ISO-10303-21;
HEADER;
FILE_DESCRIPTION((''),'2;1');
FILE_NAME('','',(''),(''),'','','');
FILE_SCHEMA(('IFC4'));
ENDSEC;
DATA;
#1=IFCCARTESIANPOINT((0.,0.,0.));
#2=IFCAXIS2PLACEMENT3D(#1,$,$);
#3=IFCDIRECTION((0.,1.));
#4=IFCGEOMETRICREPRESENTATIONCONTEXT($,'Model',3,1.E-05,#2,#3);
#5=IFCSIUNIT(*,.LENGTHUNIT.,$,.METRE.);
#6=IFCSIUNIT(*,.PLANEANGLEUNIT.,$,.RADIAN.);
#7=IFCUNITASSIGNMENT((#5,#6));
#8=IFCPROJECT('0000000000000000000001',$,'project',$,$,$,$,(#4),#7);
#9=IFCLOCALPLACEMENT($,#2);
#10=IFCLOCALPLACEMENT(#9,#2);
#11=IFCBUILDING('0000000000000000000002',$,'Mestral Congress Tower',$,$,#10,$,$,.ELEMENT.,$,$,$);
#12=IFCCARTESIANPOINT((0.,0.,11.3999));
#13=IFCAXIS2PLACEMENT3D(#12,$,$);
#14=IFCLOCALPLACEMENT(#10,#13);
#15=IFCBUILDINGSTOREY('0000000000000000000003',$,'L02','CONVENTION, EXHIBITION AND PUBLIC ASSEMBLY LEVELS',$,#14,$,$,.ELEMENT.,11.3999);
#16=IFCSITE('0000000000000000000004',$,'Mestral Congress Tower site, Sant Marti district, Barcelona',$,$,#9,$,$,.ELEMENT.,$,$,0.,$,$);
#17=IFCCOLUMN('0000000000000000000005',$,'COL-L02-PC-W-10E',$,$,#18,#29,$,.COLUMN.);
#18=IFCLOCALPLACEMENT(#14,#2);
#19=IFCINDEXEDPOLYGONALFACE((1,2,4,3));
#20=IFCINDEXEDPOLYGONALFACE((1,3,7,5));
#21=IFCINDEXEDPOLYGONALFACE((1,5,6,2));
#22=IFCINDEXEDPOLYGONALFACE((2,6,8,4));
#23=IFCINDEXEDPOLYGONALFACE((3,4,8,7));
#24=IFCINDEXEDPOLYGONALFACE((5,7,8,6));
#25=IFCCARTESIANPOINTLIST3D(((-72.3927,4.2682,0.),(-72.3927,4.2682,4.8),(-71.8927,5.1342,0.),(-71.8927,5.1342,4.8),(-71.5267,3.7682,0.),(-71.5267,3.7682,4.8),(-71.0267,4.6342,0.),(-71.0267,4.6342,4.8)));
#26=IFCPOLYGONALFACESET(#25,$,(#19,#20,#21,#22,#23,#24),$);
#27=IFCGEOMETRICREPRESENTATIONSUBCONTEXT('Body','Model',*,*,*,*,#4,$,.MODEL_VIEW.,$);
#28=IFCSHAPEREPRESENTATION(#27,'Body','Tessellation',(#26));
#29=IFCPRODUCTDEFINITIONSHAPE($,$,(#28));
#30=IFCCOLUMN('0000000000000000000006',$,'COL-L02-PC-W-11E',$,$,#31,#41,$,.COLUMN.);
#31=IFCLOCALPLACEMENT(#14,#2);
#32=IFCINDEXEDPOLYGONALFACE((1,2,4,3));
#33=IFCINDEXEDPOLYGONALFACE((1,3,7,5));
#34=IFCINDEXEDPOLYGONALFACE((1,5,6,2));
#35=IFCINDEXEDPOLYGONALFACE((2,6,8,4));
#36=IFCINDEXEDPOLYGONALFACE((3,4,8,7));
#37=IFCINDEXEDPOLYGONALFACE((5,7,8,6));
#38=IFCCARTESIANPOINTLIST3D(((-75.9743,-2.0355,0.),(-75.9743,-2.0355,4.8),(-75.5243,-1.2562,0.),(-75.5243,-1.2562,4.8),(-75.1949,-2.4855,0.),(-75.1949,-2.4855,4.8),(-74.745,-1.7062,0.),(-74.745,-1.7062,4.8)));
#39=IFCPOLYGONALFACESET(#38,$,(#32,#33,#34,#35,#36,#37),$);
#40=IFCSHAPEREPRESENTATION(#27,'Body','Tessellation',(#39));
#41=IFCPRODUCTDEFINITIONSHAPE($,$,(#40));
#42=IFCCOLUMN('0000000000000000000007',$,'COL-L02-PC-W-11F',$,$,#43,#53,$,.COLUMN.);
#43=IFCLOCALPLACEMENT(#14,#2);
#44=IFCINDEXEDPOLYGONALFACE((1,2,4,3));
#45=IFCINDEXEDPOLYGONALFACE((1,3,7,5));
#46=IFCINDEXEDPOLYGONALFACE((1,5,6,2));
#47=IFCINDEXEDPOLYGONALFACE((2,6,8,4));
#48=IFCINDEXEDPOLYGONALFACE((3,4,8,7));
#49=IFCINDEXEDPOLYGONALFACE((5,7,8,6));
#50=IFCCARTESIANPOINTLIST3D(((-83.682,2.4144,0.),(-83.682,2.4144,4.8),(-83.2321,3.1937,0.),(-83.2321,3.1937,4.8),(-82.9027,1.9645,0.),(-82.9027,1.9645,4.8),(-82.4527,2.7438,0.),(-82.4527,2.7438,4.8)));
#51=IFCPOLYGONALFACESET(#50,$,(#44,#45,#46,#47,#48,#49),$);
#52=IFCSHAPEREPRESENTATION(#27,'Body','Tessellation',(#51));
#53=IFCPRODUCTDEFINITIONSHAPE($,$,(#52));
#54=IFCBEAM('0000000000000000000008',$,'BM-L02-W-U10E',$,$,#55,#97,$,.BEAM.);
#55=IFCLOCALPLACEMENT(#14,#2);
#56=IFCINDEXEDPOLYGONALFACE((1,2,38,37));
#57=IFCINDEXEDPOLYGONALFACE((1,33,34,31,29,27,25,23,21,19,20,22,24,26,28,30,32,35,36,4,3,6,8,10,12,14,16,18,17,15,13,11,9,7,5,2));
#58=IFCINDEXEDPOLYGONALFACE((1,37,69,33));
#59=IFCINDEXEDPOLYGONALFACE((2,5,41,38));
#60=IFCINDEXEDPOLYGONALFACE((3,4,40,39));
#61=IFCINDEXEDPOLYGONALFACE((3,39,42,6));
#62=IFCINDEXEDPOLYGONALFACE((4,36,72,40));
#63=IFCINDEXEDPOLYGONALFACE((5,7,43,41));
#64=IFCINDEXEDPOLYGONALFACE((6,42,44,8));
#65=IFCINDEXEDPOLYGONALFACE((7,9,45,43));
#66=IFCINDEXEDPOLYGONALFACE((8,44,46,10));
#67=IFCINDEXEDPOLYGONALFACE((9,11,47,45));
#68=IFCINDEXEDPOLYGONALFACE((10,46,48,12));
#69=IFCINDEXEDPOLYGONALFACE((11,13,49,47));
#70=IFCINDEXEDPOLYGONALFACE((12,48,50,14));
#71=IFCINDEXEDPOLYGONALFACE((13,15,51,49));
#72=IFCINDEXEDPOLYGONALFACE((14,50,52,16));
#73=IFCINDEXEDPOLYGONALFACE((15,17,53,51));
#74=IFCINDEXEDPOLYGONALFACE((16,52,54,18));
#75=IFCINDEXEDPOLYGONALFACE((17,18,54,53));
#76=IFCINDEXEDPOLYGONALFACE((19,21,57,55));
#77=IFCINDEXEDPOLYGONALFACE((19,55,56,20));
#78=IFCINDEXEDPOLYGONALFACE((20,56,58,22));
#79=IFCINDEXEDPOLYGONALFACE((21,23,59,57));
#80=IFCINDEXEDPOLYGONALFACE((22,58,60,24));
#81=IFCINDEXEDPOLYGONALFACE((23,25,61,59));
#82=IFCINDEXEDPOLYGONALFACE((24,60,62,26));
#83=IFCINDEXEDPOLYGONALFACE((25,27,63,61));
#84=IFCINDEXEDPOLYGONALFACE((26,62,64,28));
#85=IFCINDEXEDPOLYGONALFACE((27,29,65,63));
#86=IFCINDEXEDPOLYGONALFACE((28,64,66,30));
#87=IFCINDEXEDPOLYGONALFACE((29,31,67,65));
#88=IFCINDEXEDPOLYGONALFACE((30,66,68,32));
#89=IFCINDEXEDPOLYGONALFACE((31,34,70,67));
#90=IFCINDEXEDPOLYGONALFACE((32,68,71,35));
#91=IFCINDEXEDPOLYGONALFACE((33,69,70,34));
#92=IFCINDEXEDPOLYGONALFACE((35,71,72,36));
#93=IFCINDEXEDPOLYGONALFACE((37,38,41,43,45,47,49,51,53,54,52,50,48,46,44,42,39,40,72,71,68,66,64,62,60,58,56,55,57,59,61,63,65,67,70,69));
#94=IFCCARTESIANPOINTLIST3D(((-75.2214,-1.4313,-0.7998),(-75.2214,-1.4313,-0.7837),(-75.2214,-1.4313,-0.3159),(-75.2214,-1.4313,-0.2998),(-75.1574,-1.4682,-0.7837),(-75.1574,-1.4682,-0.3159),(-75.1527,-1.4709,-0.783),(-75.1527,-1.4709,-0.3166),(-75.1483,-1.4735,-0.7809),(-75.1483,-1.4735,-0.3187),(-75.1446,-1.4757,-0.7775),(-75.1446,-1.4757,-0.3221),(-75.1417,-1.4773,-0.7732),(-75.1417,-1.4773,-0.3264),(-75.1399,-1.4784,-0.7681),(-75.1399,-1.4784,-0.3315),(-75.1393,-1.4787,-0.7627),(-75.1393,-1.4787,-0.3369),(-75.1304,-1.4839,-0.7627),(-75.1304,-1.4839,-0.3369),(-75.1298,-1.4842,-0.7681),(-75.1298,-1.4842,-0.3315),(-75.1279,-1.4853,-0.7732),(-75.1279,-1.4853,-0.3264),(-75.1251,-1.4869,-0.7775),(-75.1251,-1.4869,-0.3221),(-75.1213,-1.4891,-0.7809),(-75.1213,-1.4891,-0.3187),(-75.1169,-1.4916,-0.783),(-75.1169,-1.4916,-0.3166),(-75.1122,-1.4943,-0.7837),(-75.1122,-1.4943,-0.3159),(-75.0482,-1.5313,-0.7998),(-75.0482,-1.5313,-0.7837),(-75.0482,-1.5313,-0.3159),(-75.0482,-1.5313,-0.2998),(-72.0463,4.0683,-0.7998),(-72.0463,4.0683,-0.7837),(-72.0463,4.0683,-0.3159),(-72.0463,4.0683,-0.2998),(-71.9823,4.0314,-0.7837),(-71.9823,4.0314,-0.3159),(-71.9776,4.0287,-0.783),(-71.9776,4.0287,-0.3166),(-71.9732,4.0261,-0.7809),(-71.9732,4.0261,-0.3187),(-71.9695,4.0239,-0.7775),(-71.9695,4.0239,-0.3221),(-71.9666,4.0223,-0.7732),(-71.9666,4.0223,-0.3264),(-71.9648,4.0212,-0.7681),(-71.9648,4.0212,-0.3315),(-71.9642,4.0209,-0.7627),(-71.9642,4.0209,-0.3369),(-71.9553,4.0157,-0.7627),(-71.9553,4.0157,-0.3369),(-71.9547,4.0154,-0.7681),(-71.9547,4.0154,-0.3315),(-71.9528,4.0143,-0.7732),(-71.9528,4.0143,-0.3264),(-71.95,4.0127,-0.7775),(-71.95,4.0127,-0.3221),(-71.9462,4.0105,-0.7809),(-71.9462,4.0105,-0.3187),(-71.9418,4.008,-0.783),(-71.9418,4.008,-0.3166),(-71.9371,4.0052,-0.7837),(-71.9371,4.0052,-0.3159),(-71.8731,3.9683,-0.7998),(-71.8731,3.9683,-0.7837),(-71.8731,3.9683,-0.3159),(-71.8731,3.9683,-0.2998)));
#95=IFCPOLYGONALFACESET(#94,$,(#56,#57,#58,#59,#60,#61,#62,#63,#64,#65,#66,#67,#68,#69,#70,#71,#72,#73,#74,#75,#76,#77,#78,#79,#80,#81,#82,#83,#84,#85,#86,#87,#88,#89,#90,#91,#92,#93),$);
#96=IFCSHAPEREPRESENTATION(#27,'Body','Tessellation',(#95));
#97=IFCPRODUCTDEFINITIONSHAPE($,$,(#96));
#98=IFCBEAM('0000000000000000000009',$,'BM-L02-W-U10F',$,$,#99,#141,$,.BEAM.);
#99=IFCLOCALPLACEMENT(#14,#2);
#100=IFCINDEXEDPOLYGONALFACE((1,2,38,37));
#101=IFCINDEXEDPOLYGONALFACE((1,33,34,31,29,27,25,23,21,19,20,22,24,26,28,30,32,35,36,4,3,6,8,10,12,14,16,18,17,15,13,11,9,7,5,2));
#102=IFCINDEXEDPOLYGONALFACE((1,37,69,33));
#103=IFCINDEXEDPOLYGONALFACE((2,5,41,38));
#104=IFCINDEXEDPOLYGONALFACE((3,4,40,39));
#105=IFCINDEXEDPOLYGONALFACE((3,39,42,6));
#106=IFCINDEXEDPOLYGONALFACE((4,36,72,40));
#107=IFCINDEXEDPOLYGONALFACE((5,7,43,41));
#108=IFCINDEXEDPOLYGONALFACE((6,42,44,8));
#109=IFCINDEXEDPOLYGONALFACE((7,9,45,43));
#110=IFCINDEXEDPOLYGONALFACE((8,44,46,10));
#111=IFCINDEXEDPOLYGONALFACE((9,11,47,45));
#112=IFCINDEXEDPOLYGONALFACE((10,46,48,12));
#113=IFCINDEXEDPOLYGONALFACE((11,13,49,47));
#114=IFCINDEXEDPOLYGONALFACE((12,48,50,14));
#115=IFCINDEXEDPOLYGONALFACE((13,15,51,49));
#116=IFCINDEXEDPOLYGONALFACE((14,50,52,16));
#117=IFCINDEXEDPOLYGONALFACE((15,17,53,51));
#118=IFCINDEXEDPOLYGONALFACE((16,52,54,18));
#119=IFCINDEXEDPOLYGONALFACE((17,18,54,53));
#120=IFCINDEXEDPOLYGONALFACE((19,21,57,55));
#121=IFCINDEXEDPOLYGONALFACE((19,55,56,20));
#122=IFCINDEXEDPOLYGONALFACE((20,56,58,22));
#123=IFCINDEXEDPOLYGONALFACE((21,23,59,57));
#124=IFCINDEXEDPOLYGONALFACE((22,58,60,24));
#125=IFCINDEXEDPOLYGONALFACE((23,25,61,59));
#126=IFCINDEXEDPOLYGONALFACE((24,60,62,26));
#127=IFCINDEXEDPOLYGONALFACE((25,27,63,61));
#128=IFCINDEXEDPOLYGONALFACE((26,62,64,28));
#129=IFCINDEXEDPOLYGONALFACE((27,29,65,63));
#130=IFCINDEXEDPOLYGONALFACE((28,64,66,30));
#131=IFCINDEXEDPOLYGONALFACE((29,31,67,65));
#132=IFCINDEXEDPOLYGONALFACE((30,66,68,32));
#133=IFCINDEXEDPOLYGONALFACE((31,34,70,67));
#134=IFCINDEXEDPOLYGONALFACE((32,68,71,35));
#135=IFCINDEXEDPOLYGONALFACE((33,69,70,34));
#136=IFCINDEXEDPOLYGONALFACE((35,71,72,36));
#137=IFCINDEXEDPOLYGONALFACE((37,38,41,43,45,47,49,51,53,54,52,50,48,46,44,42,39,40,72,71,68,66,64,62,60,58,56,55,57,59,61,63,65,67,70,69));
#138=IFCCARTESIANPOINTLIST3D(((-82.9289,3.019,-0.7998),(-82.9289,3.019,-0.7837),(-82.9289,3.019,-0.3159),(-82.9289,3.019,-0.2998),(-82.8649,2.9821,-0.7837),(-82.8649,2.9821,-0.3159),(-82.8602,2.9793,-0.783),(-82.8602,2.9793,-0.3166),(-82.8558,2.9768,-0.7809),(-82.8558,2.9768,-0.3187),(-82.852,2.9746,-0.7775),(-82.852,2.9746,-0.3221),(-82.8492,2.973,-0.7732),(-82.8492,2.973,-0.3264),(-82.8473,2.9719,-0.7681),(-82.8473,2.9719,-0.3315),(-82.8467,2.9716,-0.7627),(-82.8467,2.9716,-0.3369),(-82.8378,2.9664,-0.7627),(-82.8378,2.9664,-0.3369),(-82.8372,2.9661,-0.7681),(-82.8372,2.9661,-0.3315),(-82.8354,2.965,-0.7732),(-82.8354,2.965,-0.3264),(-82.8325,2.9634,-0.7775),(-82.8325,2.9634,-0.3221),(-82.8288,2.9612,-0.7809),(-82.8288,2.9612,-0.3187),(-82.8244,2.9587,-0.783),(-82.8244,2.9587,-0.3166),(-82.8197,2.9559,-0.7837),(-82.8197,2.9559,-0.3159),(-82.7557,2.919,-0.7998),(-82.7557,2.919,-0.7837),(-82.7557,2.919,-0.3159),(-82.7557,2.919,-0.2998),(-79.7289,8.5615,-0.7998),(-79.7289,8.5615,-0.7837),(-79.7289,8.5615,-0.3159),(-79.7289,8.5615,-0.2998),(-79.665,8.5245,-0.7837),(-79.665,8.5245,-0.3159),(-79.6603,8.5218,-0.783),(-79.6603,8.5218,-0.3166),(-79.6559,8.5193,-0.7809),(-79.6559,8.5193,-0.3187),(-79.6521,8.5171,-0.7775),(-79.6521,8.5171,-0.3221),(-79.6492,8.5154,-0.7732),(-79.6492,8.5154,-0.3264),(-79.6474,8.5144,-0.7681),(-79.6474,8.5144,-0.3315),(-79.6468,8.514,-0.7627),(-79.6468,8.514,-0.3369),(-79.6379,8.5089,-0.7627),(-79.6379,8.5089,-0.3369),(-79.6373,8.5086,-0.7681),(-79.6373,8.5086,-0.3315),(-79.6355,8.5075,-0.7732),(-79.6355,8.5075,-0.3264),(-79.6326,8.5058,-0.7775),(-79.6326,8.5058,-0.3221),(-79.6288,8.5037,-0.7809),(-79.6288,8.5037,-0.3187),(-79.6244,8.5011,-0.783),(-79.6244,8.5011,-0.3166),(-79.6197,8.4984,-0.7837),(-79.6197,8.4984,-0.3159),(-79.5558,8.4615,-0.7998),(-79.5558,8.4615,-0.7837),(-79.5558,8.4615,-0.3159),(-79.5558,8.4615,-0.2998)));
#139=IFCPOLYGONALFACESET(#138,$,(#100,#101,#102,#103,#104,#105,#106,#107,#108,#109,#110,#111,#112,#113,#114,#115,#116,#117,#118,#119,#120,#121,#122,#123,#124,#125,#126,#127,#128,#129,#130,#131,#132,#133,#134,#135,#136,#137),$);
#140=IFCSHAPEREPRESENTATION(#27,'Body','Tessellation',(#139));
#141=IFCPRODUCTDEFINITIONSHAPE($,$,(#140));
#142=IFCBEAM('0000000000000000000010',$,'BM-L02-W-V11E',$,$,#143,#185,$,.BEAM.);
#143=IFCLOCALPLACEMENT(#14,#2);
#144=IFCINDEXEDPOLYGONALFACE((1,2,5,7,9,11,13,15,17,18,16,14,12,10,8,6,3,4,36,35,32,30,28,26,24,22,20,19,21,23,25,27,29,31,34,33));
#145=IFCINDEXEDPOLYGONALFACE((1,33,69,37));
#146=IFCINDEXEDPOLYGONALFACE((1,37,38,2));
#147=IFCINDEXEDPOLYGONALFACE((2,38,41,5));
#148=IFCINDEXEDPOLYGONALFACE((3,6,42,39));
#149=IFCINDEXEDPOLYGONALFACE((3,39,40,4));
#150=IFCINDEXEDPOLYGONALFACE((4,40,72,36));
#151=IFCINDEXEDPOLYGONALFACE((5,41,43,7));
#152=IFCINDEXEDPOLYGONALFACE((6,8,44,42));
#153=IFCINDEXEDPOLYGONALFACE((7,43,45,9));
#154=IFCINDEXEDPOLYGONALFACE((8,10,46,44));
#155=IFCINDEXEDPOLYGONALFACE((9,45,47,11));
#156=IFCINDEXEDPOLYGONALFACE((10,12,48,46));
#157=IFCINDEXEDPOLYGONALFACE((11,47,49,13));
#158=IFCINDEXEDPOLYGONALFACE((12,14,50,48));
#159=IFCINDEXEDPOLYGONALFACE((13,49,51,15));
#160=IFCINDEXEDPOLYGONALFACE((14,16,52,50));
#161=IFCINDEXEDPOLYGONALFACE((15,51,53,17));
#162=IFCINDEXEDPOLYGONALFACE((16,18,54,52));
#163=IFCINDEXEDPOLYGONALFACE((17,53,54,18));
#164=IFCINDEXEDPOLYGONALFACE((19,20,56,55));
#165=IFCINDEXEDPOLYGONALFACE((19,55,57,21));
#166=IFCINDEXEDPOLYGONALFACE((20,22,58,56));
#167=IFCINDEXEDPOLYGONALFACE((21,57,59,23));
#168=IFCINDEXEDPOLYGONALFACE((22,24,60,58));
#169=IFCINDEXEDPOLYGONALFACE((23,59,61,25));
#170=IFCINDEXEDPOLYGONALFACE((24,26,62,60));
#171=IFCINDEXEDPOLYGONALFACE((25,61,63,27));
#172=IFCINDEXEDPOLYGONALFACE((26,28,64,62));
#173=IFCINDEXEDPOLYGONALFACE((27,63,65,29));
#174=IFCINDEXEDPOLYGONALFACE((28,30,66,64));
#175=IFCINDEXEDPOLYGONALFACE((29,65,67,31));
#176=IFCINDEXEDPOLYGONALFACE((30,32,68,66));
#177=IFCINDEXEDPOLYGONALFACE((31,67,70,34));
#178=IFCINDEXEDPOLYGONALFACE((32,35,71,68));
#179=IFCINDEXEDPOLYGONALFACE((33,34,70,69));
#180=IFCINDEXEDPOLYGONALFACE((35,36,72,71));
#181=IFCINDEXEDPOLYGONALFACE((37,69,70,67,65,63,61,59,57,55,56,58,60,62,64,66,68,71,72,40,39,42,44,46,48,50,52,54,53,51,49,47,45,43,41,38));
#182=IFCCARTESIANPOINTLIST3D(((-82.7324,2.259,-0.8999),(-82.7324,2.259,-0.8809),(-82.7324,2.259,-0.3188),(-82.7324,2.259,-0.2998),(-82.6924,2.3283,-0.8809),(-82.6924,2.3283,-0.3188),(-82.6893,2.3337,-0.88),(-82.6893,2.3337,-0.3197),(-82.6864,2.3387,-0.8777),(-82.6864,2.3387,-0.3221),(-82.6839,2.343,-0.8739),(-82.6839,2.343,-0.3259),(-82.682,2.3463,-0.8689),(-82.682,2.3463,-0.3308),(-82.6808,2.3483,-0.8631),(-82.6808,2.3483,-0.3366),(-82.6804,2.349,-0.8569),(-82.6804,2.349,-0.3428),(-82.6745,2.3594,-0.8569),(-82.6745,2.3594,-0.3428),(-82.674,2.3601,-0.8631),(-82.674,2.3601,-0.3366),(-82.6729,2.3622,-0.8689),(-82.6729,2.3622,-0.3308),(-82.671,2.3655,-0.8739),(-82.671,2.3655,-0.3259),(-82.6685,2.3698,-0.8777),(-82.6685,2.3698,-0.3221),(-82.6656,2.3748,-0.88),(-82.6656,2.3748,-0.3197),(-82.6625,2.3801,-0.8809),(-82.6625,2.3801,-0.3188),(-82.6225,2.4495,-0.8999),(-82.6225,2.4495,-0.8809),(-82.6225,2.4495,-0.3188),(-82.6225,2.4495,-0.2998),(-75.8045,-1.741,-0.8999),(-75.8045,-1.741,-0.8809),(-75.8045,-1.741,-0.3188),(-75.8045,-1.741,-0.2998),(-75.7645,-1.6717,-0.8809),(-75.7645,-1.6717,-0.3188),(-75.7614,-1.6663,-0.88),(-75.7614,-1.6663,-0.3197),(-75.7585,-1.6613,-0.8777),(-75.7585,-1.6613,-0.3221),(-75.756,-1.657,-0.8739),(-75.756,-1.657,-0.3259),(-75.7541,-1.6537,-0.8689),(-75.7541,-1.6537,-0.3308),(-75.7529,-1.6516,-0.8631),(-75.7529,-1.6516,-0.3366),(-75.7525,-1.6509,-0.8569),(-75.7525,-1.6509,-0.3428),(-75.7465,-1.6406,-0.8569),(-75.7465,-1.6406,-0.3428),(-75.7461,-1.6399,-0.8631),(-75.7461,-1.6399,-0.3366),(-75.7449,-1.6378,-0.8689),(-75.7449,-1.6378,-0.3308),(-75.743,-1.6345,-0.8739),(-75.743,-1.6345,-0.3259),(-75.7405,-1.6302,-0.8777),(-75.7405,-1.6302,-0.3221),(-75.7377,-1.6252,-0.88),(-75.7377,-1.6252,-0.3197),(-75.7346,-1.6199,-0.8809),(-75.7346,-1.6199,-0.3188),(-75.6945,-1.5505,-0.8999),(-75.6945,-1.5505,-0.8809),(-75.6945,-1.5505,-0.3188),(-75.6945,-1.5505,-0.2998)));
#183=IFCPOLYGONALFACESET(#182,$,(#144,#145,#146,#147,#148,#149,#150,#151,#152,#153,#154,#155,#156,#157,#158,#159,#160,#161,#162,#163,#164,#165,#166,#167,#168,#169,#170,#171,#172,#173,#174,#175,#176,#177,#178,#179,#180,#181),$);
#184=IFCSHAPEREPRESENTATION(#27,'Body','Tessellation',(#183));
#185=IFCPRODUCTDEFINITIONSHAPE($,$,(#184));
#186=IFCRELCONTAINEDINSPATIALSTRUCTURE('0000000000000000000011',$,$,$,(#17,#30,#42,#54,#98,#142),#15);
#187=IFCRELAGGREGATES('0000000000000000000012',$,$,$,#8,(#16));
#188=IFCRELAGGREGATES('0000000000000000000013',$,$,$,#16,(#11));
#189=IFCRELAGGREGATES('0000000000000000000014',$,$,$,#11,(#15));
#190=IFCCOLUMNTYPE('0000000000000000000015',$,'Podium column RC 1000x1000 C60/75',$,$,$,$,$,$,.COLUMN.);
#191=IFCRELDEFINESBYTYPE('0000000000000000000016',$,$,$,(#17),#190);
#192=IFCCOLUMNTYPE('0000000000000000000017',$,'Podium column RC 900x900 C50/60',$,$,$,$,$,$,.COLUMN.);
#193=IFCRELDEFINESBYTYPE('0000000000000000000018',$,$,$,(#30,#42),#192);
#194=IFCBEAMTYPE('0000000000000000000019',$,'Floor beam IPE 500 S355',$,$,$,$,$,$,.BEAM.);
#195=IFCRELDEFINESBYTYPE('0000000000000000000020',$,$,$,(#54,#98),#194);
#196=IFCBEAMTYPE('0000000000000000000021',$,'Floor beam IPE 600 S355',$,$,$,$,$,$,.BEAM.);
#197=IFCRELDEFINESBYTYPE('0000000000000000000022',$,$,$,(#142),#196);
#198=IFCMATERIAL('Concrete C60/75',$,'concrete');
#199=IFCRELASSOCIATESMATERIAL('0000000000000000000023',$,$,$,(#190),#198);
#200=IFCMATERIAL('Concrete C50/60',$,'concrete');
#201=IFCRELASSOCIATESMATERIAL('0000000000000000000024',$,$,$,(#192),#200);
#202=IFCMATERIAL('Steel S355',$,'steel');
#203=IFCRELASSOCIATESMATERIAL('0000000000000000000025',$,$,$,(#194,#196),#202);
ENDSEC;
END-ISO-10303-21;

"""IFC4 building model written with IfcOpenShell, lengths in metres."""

from ifc_helpers import new_model, si_unit, direction, frame, origin, origin_2d, place, context, subcontext, project, spatial, rectangle, i_section, extrude, material, material_profile, profile_set, type_object, element, save


model = new_model("IFC4")

# Units and contexts
model_context = context("Model", 3, precision=1e-05, world=origin(), true_north=direction((0.0, 1.0)))
body_context = subcontext(model_context, "Body", "Model", "MODEL_VIEW")
ifc_project = project(units=[si_unit("LENGTHUNIT", "METRE"), si_unit("PLANEANGLEUNIT", "RADIAN")], contexts=[model_context])

# Site, building, storey
site_placement = place(None, origin())
site = spatial("IfcSite", under=ifc_project, at=site_placement, Name="Mestral Congress Tower site, Sant Marti district, Barcelona", CompositionType="ELEMENT", RefElevation=0.0)
building_placement = place(site_placement, origin())
building = spatial("IfcBuilding", under=site, at=building_placement, Name="Mestral Congress Tower", CompositionType="ELEMENT")
storey_placement = place(building_placement, frame((0.0, 0.0, 11.3999)))
storey = spatial("IfcBuildingStorey", under=building, at=storey_placement, Name="L02", Description="CONVENTION, EXHIBITION AND PUBLIC ASSEMBLY LEVELS", CompositionType="ELEMENT", Elevation=11.3999)

# Columns
ifc_material_1 = material(Name="Concrete C60/75", Category="concrete")
ifc_material_profile_1 = material_profile(ifc_material_1, rectangle(XDim=1.0, YDim=1.0, at=origin_2d()), Name="RC 1000x1000")
ifc_profile_set_1 = profile_set([ifc_material_profile_1], Name="Concrete C60/75")
column_type_1 = type_object("IfcColumnType", Name="Podium column RC 1000x1000 C60/75", PredefinedType="COLUMN", material=ifc_profile_set_1)
column_placement = place(storey_placement, frame((-71.7097, 4.4512, 0.0), z_axis=(0.0, 0.0, 1.0), x_axis=(-0.5, -0.866025, 0.0)))
element("IfcColumn", 1, at=column_placement, inside=storey, type_object=column_type_1, Name="COL-L02-PC-W-10E", PredefinedType="COLUMN", context=body_context, shape_type="SweptSolid", body=[
    extrude(rectangle(XDim=1.0, YDim=1.0, at=origin_2d()), origin(), (0.0, 0.0, 1.0), 4.8),
])
ifc_material_2 = material(Name="Concrete C50/60", Category="concrete")
ifc_material_profile_2 = material_profile(ifc_material_2, rectangle(XDim=0.8999, YDim=0.8999, at=origin_2d()), Name="RC 900x900")
ifc_profile_set_2 = profile_set([ifc_material_profile_2], Name="Concrete C50/60")
column_type_2 = type_object("IfcColumnType", Name="Podium column RC 900x900 C50/60", PredefinedType="COLUMN", material=ifc_profile_set_2)
for number, where, z_axis, x_axis, name in (
    (2, (-75.3596, -1.8708, 0.0), (0.0, 0.0, 1.0), (-0.5, -0.866025, 0.0), "COL-L02-PC-W-11E"),
    (3, (-83.0674, 2.5791, 0.0), (0.0, 0.0, 1.0), (-0.5, -0.866025, 0.0), "COL-L02-PC-W-11F"),
):
    element("IfcColumn", number, at=place(storey_placement, frame(where, z_axis=z_axis, x_axis=x_axis)), inside=storey, type_object=column_type_2, Name=name, PredefinedType="COLUMN", context=body_context, shape_type="SweptSolid", body=[
        extrude(rectangle(XDim=0.8999, YDim=0.8999, at=origin_2d()), origin(), (0.0, 0.0, 1.0), 4.8),
    ])

# Beams
ifc_material_3 = material(Name="Steel S355", Category="steel")
ifc_material_profile_3 = material_profile(ifc_material_3, i_section(OverallWidth=0.2, OverallDepth=0.5, WebThickness=0.0103, FlangeThickness=0.0161, FilletRadius=0.021, at=origin_2d()), Name="IPE 500")
ifc_profile_set_3 = profile_set([ifc_material_profile_3], Name="Steel S355")
beam_type_1 = type_object("IfcBeamType", Name="Floor beam IPE 500 S355", PredefinedType="BEAM", material=ifc_profile_set_3)
beam_1_placement = place(storey_placement, frame((-71.9597, 4.0183, -0.5498), z_axis=(-0.499989, -0.866032, 0.0), x_axis=(0.866032, -0.499989, 0.0)))
element("IfcBeam", 4, at=beam_1_placement, inside=storey, type_object=beam_type_1, Name="BM-L02-W-U10E", PredefinedType="BEAM", context=body_context, shape_type="SweptSolid", body=[
    extrude(i_section(OverallWidth=0.2, OverallDepth=0.5, WebThickness=0.0103, FlangeThickness=0.0161, FilletRadius=0.021, at=origin_2d()), origin(), (0.0, 0.0, 1.0), 6.3503),
])
beam_2_placement = place(storey_placement, frame((-79.6423, 8.5115, -0.5498), z_axis=(-0.5, -0.866025, 0.0), x_axis=(0.866025, -0.5, 0.0)))
element("IfcBeam", 5, at=beam_2_placement, inside=storey, type_object=beam_type_1, Name="BM-L02-W-U10F", PredefinedType="BEAM", context=body_context, shape_type="SweptSolid", body=[
    extrude(i_section(OverallWidth=0.2, OverallDepth=0.5, WebThickness=0.0103, FlangeThickness=0.0161, FilletRadius=0.021, at=origin_2d()), origin(), (0.0, 0.0, 1.0), 6.3999),
])
ifc_material_profile_4 = material_profile(ifc_material_3, i_section(OverallWidth=0.22, OverallDepth=0.6001, WebThickness=0.012, FlangeThickness=0.019, FilletRadius=0.0239, at=origin_2d()), Name="IPE 600")
ifc_profile_set_4 = profile_set([ifc_material_profile_4], Name="Steel S355")
beam_type_2 = type_object("IfcBeamType", Name="Floor beam IPE 600 S355", PredefinedType="BEAM", material=ifc_profile_set_4)
beam_3_placement = place(storey_placement, frame((-75.7495, -1.6458, -0.5999), z_axis=(-0.866018, 0.500012, 0.0), x_axis=(-0.500012, -0.866018, 0.0)))
element("IfcBeam", 6, at=beam_3_placement, inside=storey, type_object=beam_type_2, Name="BM-L02-W-V11E", PredefinedType="BEAM", context=body_context, shape_type="SweptSolid", body=[
    extrude(i_section(OverallWidth=0.22, OverallDepth=0.6001, WebThickness=0.012, FlangeThickness=0.019, FilletRadius=0.0239, at=origin_2d()), origin(), (0.0, 0.0, 1.0), 7.9998),
])

save(model, "model.ifc")
